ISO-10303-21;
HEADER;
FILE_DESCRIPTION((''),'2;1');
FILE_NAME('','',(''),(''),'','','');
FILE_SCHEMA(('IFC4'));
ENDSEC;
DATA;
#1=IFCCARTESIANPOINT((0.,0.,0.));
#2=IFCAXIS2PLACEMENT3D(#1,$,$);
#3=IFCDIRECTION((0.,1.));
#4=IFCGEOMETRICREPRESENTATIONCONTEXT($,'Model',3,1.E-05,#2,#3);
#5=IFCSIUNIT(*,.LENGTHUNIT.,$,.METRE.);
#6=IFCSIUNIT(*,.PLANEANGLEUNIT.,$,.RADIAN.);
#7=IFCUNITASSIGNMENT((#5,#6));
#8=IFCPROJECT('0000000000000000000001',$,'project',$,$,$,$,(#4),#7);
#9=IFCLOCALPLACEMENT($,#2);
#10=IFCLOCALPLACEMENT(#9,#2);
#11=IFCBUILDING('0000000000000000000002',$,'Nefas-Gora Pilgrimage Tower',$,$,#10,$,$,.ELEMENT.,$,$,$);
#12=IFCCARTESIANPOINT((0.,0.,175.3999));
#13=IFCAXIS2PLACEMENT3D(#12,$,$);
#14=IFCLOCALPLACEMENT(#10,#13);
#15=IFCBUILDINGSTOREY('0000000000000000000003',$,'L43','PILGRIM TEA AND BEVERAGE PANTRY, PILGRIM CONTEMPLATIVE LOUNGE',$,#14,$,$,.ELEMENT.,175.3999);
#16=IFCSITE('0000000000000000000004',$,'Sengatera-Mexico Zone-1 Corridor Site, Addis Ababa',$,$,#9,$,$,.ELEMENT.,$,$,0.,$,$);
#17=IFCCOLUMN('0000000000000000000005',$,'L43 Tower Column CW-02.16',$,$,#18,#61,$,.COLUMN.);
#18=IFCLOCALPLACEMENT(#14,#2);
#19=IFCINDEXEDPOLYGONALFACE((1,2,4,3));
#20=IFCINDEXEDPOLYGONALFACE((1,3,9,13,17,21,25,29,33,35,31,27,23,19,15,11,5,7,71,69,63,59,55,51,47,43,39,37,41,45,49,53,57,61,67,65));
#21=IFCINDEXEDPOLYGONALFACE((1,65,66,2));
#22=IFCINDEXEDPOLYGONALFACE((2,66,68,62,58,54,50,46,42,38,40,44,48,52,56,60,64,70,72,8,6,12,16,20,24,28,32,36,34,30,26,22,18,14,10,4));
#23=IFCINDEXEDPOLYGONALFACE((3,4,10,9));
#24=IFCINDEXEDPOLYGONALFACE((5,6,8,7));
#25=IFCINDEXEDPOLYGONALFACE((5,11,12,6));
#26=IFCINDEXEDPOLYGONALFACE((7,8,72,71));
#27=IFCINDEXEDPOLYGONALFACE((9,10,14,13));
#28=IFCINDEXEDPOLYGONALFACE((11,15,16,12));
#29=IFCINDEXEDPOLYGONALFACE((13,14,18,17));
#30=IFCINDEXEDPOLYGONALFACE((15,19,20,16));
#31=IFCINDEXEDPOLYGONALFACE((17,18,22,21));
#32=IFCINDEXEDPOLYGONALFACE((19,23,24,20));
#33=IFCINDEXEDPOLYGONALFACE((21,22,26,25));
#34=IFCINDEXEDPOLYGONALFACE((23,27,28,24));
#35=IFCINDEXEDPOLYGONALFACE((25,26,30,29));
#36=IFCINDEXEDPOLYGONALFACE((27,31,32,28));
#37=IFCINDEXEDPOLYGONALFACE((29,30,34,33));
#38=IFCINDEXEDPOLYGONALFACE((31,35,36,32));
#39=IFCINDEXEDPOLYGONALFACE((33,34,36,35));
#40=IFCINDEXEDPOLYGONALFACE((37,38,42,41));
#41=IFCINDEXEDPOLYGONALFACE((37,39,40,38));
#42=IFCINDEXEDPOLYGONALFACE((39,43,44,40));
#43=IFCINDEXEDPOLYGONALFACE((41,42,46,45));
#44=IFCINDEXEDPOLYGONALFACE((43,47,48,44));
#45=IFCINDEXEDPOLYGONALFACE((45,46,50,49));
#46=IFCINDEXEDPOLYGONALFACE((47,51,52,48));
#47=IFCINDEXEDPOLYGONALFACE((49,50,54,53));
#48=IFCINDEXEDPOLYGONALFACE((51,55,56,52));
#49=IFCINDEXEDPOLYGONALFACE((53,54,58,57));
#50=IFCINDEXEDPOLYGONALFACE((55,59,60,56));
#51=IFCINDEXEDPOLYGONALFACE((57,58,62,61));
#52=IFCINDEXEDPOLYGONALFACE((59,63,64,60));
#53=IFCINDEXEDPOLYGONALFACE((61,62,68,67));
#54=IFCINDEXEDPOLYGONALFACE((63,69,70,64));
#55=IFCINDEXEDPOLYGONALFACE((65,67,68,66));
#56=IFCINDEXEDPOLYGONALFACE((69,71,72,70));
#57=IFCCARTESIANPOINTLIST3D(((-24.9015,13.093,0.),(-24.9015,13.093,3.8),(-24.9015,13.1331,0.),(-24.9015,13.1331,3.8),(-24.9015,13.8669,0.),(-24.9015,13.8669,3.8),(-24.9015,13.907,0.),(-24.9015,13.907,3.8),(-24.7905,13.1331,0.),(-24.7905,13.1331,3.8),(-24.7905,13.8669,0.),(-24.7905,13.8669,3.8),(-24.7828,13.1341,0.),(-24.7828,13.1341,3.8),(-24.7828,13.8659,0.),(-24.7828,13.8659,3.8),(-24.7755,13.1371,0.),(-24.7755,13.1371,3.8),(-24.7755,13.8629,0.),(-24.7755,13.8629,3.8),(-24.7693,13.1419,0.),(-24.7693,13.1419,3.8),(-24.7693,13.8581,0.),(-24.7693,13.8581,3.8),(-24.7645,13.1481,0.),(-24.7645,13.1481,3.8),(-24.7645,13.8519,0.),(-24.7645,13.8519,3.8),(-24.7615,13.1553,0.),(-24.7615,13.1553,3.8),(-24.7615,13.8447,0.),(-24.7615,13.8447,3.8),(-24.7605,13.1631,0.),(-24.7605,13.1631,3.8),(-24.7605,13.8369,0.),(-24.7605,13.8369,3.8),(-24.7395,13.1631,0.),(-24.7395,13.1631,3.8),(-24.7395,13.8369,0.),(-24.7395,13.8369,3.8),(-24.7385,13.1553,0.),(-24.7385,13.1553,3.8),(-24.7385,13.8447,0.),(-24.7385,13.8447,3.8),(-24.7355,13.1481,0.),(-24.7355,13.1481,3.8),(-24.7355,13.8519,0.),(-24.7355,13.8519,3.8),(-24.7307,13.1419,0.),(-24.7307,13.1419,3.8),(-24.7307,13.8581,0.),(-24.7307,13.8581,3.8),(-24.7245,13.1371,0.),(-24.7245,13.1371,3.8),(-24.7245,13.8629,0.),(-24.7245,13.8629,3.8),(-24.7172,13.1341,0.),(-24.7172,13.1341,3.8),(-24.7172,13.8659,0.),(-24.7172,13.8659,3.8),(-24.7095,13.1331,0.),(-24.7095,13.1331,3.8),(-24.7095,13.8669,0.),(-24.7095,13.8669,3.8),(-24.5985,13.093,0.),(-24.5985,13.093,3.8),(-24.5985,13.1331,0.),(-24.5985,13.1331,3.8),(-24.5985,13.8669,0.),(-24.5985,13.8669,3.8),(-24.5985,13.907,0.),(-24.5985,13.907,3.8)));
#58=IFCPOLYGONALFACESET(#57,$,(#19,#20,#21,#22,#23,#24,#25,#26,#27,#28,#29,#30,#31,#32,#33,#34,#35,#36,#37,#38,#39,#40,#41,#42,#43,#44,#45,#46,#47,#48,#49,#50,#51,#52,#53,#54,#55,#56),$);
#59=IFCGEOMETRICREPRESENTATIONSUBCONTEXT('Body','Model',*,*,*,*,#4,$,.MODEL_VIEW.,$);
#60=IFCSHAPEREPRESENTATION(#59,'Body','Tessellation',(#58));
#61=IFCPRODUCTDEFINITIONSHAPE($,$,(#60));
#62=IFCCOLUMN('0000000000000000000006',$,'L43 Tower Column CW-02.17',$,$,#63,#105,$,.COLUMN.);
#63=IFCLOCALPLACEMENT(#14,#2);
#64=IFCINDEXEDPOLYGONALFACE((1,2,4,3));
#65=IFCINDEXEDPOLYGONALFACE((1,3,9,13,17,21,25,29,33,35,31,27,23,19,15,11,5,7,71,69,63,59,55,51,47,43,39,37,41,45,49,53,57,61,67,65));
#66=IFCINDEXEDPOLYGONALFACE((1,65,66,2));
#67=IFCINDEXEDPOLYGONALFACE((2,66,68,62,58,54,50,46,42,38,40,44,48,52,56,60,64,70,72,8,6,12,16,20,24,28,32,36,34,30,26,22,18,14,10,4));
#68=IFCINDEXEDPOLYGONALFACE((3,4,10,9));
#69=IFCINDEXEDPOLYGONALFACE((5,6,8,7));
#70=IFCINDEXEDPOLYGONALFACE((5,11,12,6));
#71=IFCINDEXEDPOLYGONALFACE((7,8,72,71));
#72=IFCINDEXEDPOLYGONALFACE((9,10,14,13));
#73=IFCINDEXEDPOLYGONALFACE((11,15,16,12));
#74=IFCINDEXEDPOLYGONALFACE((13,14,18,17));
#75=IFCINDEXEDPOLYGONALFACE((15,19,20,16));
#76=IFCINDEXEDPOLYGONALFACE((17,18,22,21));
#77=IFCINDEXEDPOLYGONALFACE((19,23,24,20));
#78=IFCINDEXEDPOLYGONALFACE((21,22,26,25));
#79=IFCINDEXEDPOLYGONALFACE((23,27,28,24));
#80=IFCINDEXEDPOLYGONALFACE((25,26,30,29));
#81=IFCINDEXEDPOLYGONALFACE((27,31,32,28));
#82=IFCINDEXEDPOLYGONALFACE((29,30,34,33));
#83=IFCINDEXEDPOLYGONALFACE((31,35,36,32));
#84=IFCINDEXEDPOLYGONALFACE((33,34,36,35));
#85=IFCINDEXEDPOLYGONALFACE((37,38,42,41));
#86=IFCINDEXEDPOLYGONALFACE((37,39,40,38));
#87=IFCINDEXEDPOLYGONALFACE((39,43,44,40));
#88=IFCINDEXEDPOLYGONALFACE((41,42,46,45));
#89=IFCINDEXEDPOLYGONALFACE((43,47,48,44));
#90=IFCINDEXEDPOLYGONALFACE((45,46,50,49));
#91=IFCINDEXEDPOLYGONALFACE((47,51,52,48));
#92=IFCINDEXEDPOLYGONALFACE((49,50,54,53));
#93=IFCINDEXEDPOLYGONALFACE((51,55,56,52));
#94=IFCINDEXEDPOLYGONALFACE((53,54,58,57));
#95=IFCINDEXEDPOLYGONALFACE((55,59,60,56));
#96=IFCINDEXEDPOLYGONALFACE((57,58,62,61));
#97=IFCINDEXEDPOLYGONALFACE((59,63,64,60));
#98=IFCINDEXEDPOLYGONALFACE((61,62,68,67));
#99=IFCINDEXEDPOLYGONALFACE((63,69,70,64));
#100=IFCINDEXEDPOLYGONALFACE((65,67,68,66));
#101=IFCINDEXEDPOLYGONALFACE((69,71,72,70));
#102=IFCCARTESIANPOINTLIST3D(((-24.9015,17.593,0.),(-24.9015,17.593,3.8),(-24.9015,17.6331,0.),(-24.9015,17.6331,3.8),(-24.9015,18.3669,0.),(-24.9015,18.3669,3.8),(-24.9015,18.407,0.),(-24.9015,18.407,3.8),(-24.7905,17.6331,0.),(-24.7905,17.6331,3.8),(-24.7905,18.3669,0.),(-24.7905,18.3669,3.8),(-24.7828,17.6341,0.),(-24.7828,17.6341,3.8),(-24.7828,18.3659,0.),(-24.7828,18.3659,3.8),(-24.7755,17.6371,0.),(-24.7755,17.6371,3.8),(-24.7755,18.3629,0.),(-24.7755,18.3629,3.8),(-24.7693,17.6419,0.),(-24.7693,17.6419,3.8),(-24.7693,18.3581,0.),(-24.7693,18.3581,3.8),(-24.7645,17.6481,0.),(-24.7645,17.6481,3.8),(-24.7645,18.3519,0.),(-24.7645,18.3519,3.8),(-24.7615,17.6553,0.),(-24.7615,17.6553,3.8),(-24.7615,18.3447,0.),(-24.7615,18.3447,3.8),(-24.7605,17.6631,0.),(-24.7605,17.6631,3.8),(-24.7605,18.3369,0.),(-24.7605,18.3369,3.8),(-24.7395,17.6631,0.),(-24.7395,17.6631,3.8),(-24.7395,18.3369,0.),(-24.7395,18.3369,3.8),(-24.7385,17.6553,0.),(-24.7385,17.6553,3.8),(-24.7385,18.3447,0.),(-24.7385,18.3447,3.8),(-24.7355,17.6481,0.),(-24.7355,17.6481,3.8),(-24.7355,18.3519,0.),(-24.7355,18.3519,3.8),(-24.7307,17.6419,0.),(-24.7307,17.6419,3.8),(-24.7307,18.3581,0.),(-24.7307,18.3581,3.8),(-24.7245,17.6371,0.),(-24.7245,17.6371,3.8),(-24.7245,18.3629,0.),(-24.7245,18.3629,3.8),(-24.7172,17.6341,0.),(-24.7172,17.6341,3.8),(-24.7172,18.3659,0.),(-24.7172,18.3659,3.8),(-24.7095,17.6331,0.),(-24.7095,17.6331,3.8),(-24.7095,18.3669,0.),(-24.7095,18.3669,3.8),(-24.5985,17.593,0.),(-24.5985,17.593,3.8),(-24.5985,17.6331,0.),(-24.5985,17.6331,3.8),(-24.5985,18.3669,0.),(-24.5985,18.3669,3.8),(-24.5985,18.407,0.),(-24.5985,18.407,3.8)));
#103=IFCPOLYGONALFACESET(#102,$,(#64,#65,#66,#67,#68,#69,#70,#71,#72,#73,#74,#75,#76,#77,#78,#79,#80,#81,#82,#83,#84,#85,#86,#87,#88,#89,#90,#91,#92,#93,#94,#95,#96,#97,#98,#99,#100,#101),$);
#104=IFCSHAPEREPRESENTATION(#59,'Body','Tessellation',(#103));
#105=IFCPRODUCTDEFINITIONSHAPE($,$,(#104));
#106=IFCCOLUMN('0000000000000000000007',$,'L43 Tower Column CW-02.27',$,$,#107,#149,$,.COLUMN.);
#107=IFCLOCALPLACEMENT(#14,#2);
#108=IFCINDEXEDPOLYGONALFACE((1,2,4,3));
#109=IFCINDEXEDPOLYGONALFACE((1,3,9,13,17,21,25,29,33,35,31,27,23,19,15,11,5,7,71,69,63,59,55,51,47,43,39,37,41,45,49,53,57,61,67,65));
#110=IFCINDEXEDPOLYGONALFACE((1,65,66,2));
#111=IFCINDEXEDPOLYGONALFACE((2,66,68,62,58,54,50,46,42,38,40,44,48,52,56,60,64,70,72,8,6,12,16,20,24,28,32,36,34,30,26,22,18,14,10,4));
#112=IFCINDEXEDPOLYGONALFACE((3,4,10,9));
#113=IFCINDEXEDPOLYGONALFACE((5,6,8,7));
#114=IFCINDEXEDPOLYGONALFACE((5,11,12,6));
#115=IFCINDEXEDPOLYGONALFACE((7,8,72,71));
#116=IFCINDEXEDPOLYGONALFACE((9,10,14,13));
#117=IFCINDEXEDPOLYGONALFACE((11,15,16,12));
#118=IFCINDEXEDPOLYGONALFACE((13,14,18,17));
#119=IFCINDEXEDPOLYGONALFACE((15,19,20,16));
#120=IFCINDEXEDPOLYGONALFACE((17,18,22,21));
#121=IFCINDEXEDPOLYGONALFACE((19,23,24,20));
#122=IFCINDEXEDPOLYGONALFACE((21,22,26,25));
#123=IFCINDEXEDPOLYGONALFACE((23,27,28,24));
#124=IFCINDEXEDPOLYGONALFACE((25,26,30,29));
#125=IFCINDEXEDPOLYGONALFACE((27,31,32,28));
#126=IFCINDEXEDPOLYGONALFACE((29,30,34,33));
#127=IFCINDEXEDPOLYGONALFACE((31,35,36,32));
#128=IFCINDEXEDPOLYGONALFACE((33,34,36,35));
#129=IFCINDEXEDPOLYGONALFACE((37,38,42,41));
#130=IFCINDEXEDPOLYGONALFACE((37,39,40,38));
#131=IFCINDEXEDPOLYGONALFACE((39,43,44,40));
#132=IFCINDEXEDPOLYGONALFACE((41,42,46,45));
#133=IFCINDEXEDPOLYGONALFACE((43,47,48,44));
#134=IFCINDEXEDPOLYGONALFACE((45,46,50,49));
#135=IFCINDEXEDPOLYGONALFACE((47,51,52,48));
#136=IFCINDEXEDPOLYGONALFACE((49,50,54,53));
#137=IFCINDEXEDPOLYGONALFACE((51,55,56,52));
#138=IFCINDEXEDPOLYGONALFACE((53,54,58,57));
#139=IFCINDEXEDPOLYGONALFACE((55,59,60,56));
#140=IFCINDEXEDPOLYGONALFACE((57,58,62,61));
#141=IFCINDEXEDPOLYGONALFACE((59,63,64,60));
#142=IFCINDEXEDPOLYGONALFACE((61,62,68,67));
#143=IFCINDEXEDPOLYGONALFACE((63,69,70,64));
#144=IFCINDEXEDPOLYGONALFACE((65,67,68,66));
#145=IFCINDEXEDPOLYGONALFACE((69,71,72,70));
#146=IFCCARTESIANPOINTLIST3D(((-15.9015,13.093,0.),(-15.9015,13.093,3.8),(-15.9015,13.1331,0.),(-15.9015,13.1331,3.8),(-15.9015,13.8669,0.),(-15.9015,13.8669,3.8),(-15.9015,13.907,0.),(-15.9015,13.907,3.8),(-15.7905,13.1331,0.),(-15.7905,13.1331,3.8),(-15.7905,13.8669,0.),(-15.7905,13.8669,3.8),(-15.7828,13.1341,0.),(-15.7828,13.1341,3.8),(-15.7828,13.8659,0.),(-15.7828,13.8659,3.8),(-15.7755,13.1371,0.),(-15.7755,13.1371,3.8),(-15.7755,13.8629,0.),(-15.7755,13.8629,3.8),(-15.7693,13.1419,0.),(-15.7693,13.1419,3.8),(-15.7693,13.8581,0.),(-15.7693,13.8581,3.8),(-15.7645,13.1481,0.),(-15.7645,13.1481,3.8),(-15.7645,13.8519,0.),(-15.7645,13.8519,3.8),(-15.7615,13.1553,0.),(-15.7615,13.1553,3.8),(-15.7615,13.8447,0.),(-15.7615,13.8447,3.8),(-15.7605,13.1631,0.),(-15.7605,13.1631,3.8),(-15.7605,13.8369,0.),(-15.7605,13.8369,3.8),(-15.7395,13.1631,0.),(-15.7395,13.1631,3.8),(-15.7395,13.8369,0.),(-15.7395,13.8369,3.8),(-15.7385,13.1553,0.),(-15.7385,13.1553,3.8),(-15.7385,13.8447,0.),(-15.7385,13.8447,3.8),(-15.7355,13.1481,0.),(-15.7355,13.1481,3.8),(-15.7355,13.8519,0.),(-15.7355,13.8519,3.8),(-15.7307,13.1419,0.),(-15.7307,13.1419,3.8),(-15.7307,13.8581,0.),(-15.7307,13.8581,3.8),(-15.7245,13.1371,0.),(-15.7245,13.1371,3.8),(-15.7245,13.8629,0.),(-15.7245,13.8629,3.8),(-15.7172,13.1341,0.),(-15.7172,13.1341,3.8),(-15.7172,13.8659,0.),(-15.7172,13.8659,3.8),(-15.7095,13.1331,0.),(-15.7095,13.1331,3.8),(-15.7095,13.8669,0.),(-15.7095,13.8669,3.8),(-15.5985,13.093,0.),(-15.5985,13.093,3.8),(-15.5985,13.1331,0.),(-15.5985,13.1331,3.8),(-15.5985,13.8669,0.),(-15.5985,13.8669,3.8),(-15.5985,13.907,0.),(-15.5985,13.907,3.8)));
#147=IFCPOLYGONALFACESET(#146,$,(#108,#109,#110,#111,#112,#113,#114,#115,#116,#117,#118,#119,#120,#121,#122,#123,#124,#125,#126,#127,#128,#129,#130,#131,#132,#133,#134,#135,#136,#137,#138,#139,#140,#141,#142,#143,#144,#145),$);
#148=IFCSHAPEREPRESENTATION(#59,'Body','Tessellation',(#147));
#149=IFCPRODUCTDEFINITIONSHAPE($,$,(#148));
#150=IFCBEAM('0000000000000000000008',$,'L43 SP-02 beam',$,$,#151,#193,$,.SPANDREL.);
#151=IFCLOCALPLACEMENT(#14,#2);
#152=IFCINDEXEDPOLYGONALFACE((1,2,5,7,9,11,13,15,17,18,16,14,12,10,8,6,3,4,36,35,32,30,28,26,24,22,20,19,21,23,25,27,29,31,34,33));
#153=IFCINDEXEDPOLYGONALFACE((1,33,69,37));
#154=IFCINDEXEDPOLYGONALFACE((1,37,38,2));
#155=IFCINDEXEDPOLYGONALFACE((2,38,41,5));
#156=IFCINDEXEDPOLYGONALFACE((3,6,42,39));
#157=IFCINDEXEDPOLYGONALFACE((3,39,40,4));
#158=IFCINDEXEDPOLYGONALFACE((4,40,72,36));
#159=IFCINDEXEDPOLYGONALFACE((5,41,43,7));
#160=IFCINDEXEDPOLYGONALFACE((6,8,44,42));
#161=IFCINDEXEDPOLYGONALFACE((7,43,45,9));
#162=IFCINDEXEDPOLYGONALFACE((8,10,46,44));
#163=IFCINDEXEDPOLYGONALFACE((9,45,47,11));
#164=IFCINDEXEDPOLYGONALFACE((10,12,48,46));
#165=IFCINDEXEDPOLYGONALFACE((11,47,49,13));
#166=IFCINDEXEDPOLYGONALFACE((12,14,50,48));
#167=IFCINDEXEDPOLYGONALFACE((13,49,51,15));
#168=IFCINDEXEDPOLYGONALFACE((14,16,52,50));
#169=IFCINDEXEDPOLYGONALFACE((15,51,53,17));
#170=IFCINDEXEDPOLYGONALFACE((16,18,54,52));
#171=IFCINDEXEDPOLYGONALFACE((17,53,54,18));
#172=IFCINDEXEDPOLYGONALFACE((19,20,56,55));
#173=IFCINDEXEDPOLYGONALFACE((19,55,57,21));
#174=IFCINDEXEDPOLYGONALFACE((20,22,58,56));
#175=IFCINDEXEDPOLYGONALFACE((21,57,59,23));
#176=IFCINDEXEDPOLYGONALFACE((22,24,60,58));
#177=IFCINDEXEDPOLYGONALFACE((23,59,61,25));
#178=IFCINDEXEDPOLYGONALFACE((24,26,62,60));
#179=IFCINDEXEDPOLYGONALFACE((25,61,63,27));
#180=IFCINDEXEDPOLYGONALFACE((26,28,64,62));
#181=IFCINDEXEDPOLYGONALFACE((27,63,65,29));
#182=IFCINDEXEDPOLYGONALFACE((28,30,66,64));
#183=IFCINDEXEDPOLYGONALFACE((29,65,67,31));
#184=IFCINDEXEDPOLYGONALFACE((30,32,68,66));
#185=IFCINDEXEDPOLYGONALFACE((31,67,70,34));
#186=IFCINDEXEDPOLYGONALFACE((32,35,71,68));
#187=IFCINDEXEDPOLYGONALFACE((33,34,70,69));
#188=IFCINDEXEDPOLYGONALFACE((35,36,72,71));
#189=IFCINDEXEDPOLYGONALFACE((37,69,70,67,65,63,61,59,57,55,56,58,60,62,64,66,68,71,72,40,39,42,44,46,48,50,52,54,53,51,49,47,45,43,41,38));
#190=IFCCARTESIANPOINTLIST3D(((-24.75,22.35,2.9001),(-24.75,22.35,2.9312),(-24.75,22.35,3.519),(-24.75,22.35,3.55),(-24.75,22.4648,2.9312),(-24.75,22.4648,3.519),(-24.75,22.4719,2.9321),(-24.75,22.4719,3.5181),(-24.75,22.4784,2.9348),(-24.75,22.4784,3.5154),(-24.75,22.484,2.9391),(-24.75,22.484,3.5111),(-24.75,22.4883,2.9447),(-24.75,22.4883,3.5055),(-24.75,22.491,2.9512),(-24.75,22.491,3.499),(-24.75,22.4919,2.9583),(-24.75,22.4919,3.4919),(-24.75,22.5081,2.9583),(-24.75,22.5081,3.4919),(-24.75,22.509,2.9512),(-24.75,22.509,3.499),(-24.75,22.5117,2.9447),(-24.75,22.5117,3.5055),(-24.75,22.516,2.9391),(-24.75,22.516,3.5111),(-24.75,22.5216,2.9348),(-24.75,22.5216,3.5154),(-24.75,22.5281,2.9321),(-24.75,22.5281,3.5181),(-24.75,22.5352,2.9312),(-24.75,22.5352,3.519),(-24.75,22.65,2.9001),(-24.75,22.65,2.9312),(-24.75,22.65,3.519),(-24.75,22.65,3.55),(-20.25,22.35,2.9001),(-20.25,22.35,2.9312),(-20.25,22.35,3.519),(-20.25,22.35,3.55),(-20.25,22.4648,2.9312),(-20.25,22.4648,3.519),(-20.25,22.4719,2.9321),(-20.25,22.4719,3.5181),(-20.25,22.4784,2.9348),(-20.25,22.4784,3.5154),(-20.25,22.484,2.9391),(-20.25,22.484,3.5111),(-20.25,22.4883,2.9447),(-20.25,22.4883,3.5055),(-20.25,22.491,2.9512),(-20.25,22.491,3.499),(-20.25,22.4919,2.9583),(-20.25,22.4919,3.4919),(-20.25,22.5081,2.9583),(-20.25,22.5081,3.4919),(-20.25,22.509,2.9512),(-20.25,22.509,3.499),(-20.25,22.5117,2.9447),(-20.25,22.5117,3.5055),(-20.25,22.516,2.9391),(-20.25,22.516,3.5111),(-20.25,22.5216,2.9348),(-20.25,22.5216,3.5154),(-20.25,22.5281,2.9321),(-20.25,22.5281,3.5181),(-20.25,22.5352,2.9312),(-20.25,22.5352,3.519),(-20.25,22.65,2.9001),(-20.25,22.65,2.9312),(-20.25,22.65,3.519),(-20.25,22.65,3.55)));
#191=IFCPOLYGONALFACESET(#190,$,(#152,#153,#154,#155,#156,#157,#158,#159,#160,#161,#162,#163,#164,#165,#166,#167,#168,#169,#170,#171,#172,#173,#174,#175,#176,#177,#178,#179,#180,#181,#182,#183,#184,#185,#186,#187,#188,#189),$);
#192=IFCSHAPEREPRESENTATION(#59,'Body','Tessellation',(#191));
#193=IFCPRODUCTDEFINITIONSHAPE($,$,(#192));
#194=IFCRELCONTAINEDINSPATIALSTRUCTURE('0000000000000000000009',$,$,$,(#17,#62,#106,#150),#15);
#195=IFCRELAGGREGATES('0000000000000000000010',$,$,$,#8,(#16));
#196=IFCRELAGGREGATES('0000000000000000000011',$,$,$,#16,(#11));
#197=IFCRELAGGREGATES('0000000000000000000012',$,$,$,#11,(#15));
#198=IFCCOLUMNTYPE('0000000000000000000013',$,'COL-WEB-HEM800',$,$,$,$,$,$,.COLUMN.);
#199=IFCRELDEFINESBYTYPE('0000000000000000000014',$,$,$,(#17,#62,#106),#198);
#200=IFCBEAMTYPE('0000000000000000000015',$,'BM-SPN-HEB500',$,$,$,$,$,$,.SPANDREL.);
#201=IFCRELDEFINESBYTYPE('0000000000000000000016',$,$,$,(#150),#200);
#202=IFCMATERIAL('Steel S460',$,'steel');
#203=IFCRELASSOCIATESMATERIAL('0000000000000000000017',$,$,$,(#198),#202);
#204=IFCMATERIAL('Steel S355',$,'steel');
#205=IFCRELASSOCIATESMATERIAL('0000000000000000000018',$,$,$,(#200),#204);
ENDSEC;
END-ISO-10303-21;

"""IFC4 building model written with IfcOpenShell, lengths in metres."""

from ifc_helpers import new_model, si_unit, direction, frame, origin, origin_2d, place, context, subcontext, project, spatial, i_section, extrude, source, transform, mapped, material, material_profile, profile_set, type_object, element, save


model = new_model("IFC4")

# Units and contexts
model_context = context("Model", 3, precision=1e-05, world=origin(), true_north=direction((0.0, 1.0)))
body_context = subcontext(model_context, "Body", "Model", "MODEL_VIEW")
ifc_project = project(units=[si_unit("LENGTHUNIT", "METRE"), si_unit("PLANEANGLEUNIT", "RADIAN")], contexts=[model_context])

# Site, building, storey
site_placement = place(None, origin())
site = spatial("IfcSite", under=ifc_project, at=site_placement, Name="Sengatera-Mexico Zone-1 Corridor Site, Addis Ababa", CompositionType="ELEMENT", RefElevation=0.0)
building_placement = place(site_placement, origin())
building = spatial("IfcBuilding", under=site, at=building_placement, Name="Nefas-Gora Pilgrimage Tower", CompositionType="ELEMENT")
storey_placement = place(building_placement, frame((0.0, 0.0, 175.3999)))
storey = spatial("IfcBuildingStorey", under=building, at=storey_placement, Name="L43", Description="PILGRIM TEA AND BEVERAGE PANTRY, PILGRIM CONTEMPLATIVE LOUNGE", CompositionType="ELEMENT", Elevation=175.3999)

# Columns
ifc_material_1 = material(Name="Steel S460", Category="steel")
ifc_material_profile_1 = material_profile(ifc_material_1, i_section(OverallWidth=0.303, OverallDepth=0.814, WebThickness=0.021, FlangeThickness=0.04, FilletRadius=0.03, at=origin_2d()), Name="HEM 800")
ifc_profile_set_1 = profile_set([ifc_material_profile_1], Name="Steel S460")
column_type_1 = type_object("IfcColumnType", Name="COL-WEB-HEM800", PredefinedType="COLUMN", material=ifc_profile_set_1)
shared_shape_1 = source(origin(), body_context, "Body", "SweptSolid", [
    extrude(i_section(OverallWidth=0.303, OverallDepth=0.814, WebThickness=0.021, FlangeThickness=0.04, FilletRadius=0.03, at=origin_2d()), origin(), (0.0, 0.0, 1.0), 3.8),
])
for number, where, z_axis, x_axis, name in (
    (1, (-24.75, 13.5, 0.0), (0.0, 0.0, 1.0), (1.0, 0.0, 0.0), "L43 Tower Column CW-02.16"),
    (2, (-24.75, 18.0, 0.0), (0.0, 0.0, 1.0), (1.0, 0.0, 0.0), "L43 Tower Column CW-02.17"),
    (3, (-15.75, 13.5, 0.0), (0.0, 0.0, 1.0), (1.0, 0.0, 0.0), "L43 Tower Column CW-02.27"),
):
    element("IfcColumn", number, at=place(storey_placement, frame(where, z_axis=z_axis, x_axis=x_axis)), inside=storey, type_object=column_type_1, Name=name, PredefinedType="COLUMN", context=body_context, shape_type="MappedRepresentation", body=[
        mapped(shared_shape_1, transform((0.0, 0.0, 0.0), x_axis=(1.0, 0.0, 0.0), y_axis=(0.0, 1.0, 0.0), z_axis=(0.0, 0.0, 1.0), scale=1.0)),
    ])

# Beam
ifc_material_2 = material(Name="Steel S355", Category="steel")
ifc_material_profile_2 = material_profile(ifc_material_2, i_section(OverallWidth=0.3, OverallDepth=0.6499, WebThickness=0.0161, FlangeThickness=0.031, FilletRadius=0.0271, at=origin_2d()), Name="HEB 650")
ifc_profile_set_2 = profile_set([ifc_material_profile_2], Name="Steel S355")
beam_type_1 = type_object("IfcBeamType", Name="BM-SPN-HEB500", PredefinedType="SPANDREL", material=ifc_profile_set_2)
shared_shape_2 = source(origin(), body_context, "Body", "SweptSolid", [
    extrude(i_section(OverallWidth=0.3, OverallDepth=0.6499, WebThickness=0.0161, FlangeThickness=0.031, FilletRadius=0.0271, at=origin_2d()), origin(), (0.0, 0.0, 1.0), 4.5),
])
beam_placement = place(storey_placement, frame((-24.75, 22.5, 3.2251), z_axis=(1.0, 0.0, 0.0), x_axis=(0.0, 1.0, 0.0)))
element("IfcBeam", 4, at=beam_placement, inside=storey, type_object=beam_type_1, Name="L43 SP-02 beam", PredefinedType="SPANDREL", context=body_context, shape_type="MappedRepresentation", body=[
    mapped(shared_shape_2, transform((0.0, 0.0, 0.0), x_axis=(1.0, 0.0, 0.0), y_axis=(0.0, 1.0, 0.0), z_axis=(0.0, 0.0, 1.0), scale=1.0)),
])

save(model, "model.ifc")
